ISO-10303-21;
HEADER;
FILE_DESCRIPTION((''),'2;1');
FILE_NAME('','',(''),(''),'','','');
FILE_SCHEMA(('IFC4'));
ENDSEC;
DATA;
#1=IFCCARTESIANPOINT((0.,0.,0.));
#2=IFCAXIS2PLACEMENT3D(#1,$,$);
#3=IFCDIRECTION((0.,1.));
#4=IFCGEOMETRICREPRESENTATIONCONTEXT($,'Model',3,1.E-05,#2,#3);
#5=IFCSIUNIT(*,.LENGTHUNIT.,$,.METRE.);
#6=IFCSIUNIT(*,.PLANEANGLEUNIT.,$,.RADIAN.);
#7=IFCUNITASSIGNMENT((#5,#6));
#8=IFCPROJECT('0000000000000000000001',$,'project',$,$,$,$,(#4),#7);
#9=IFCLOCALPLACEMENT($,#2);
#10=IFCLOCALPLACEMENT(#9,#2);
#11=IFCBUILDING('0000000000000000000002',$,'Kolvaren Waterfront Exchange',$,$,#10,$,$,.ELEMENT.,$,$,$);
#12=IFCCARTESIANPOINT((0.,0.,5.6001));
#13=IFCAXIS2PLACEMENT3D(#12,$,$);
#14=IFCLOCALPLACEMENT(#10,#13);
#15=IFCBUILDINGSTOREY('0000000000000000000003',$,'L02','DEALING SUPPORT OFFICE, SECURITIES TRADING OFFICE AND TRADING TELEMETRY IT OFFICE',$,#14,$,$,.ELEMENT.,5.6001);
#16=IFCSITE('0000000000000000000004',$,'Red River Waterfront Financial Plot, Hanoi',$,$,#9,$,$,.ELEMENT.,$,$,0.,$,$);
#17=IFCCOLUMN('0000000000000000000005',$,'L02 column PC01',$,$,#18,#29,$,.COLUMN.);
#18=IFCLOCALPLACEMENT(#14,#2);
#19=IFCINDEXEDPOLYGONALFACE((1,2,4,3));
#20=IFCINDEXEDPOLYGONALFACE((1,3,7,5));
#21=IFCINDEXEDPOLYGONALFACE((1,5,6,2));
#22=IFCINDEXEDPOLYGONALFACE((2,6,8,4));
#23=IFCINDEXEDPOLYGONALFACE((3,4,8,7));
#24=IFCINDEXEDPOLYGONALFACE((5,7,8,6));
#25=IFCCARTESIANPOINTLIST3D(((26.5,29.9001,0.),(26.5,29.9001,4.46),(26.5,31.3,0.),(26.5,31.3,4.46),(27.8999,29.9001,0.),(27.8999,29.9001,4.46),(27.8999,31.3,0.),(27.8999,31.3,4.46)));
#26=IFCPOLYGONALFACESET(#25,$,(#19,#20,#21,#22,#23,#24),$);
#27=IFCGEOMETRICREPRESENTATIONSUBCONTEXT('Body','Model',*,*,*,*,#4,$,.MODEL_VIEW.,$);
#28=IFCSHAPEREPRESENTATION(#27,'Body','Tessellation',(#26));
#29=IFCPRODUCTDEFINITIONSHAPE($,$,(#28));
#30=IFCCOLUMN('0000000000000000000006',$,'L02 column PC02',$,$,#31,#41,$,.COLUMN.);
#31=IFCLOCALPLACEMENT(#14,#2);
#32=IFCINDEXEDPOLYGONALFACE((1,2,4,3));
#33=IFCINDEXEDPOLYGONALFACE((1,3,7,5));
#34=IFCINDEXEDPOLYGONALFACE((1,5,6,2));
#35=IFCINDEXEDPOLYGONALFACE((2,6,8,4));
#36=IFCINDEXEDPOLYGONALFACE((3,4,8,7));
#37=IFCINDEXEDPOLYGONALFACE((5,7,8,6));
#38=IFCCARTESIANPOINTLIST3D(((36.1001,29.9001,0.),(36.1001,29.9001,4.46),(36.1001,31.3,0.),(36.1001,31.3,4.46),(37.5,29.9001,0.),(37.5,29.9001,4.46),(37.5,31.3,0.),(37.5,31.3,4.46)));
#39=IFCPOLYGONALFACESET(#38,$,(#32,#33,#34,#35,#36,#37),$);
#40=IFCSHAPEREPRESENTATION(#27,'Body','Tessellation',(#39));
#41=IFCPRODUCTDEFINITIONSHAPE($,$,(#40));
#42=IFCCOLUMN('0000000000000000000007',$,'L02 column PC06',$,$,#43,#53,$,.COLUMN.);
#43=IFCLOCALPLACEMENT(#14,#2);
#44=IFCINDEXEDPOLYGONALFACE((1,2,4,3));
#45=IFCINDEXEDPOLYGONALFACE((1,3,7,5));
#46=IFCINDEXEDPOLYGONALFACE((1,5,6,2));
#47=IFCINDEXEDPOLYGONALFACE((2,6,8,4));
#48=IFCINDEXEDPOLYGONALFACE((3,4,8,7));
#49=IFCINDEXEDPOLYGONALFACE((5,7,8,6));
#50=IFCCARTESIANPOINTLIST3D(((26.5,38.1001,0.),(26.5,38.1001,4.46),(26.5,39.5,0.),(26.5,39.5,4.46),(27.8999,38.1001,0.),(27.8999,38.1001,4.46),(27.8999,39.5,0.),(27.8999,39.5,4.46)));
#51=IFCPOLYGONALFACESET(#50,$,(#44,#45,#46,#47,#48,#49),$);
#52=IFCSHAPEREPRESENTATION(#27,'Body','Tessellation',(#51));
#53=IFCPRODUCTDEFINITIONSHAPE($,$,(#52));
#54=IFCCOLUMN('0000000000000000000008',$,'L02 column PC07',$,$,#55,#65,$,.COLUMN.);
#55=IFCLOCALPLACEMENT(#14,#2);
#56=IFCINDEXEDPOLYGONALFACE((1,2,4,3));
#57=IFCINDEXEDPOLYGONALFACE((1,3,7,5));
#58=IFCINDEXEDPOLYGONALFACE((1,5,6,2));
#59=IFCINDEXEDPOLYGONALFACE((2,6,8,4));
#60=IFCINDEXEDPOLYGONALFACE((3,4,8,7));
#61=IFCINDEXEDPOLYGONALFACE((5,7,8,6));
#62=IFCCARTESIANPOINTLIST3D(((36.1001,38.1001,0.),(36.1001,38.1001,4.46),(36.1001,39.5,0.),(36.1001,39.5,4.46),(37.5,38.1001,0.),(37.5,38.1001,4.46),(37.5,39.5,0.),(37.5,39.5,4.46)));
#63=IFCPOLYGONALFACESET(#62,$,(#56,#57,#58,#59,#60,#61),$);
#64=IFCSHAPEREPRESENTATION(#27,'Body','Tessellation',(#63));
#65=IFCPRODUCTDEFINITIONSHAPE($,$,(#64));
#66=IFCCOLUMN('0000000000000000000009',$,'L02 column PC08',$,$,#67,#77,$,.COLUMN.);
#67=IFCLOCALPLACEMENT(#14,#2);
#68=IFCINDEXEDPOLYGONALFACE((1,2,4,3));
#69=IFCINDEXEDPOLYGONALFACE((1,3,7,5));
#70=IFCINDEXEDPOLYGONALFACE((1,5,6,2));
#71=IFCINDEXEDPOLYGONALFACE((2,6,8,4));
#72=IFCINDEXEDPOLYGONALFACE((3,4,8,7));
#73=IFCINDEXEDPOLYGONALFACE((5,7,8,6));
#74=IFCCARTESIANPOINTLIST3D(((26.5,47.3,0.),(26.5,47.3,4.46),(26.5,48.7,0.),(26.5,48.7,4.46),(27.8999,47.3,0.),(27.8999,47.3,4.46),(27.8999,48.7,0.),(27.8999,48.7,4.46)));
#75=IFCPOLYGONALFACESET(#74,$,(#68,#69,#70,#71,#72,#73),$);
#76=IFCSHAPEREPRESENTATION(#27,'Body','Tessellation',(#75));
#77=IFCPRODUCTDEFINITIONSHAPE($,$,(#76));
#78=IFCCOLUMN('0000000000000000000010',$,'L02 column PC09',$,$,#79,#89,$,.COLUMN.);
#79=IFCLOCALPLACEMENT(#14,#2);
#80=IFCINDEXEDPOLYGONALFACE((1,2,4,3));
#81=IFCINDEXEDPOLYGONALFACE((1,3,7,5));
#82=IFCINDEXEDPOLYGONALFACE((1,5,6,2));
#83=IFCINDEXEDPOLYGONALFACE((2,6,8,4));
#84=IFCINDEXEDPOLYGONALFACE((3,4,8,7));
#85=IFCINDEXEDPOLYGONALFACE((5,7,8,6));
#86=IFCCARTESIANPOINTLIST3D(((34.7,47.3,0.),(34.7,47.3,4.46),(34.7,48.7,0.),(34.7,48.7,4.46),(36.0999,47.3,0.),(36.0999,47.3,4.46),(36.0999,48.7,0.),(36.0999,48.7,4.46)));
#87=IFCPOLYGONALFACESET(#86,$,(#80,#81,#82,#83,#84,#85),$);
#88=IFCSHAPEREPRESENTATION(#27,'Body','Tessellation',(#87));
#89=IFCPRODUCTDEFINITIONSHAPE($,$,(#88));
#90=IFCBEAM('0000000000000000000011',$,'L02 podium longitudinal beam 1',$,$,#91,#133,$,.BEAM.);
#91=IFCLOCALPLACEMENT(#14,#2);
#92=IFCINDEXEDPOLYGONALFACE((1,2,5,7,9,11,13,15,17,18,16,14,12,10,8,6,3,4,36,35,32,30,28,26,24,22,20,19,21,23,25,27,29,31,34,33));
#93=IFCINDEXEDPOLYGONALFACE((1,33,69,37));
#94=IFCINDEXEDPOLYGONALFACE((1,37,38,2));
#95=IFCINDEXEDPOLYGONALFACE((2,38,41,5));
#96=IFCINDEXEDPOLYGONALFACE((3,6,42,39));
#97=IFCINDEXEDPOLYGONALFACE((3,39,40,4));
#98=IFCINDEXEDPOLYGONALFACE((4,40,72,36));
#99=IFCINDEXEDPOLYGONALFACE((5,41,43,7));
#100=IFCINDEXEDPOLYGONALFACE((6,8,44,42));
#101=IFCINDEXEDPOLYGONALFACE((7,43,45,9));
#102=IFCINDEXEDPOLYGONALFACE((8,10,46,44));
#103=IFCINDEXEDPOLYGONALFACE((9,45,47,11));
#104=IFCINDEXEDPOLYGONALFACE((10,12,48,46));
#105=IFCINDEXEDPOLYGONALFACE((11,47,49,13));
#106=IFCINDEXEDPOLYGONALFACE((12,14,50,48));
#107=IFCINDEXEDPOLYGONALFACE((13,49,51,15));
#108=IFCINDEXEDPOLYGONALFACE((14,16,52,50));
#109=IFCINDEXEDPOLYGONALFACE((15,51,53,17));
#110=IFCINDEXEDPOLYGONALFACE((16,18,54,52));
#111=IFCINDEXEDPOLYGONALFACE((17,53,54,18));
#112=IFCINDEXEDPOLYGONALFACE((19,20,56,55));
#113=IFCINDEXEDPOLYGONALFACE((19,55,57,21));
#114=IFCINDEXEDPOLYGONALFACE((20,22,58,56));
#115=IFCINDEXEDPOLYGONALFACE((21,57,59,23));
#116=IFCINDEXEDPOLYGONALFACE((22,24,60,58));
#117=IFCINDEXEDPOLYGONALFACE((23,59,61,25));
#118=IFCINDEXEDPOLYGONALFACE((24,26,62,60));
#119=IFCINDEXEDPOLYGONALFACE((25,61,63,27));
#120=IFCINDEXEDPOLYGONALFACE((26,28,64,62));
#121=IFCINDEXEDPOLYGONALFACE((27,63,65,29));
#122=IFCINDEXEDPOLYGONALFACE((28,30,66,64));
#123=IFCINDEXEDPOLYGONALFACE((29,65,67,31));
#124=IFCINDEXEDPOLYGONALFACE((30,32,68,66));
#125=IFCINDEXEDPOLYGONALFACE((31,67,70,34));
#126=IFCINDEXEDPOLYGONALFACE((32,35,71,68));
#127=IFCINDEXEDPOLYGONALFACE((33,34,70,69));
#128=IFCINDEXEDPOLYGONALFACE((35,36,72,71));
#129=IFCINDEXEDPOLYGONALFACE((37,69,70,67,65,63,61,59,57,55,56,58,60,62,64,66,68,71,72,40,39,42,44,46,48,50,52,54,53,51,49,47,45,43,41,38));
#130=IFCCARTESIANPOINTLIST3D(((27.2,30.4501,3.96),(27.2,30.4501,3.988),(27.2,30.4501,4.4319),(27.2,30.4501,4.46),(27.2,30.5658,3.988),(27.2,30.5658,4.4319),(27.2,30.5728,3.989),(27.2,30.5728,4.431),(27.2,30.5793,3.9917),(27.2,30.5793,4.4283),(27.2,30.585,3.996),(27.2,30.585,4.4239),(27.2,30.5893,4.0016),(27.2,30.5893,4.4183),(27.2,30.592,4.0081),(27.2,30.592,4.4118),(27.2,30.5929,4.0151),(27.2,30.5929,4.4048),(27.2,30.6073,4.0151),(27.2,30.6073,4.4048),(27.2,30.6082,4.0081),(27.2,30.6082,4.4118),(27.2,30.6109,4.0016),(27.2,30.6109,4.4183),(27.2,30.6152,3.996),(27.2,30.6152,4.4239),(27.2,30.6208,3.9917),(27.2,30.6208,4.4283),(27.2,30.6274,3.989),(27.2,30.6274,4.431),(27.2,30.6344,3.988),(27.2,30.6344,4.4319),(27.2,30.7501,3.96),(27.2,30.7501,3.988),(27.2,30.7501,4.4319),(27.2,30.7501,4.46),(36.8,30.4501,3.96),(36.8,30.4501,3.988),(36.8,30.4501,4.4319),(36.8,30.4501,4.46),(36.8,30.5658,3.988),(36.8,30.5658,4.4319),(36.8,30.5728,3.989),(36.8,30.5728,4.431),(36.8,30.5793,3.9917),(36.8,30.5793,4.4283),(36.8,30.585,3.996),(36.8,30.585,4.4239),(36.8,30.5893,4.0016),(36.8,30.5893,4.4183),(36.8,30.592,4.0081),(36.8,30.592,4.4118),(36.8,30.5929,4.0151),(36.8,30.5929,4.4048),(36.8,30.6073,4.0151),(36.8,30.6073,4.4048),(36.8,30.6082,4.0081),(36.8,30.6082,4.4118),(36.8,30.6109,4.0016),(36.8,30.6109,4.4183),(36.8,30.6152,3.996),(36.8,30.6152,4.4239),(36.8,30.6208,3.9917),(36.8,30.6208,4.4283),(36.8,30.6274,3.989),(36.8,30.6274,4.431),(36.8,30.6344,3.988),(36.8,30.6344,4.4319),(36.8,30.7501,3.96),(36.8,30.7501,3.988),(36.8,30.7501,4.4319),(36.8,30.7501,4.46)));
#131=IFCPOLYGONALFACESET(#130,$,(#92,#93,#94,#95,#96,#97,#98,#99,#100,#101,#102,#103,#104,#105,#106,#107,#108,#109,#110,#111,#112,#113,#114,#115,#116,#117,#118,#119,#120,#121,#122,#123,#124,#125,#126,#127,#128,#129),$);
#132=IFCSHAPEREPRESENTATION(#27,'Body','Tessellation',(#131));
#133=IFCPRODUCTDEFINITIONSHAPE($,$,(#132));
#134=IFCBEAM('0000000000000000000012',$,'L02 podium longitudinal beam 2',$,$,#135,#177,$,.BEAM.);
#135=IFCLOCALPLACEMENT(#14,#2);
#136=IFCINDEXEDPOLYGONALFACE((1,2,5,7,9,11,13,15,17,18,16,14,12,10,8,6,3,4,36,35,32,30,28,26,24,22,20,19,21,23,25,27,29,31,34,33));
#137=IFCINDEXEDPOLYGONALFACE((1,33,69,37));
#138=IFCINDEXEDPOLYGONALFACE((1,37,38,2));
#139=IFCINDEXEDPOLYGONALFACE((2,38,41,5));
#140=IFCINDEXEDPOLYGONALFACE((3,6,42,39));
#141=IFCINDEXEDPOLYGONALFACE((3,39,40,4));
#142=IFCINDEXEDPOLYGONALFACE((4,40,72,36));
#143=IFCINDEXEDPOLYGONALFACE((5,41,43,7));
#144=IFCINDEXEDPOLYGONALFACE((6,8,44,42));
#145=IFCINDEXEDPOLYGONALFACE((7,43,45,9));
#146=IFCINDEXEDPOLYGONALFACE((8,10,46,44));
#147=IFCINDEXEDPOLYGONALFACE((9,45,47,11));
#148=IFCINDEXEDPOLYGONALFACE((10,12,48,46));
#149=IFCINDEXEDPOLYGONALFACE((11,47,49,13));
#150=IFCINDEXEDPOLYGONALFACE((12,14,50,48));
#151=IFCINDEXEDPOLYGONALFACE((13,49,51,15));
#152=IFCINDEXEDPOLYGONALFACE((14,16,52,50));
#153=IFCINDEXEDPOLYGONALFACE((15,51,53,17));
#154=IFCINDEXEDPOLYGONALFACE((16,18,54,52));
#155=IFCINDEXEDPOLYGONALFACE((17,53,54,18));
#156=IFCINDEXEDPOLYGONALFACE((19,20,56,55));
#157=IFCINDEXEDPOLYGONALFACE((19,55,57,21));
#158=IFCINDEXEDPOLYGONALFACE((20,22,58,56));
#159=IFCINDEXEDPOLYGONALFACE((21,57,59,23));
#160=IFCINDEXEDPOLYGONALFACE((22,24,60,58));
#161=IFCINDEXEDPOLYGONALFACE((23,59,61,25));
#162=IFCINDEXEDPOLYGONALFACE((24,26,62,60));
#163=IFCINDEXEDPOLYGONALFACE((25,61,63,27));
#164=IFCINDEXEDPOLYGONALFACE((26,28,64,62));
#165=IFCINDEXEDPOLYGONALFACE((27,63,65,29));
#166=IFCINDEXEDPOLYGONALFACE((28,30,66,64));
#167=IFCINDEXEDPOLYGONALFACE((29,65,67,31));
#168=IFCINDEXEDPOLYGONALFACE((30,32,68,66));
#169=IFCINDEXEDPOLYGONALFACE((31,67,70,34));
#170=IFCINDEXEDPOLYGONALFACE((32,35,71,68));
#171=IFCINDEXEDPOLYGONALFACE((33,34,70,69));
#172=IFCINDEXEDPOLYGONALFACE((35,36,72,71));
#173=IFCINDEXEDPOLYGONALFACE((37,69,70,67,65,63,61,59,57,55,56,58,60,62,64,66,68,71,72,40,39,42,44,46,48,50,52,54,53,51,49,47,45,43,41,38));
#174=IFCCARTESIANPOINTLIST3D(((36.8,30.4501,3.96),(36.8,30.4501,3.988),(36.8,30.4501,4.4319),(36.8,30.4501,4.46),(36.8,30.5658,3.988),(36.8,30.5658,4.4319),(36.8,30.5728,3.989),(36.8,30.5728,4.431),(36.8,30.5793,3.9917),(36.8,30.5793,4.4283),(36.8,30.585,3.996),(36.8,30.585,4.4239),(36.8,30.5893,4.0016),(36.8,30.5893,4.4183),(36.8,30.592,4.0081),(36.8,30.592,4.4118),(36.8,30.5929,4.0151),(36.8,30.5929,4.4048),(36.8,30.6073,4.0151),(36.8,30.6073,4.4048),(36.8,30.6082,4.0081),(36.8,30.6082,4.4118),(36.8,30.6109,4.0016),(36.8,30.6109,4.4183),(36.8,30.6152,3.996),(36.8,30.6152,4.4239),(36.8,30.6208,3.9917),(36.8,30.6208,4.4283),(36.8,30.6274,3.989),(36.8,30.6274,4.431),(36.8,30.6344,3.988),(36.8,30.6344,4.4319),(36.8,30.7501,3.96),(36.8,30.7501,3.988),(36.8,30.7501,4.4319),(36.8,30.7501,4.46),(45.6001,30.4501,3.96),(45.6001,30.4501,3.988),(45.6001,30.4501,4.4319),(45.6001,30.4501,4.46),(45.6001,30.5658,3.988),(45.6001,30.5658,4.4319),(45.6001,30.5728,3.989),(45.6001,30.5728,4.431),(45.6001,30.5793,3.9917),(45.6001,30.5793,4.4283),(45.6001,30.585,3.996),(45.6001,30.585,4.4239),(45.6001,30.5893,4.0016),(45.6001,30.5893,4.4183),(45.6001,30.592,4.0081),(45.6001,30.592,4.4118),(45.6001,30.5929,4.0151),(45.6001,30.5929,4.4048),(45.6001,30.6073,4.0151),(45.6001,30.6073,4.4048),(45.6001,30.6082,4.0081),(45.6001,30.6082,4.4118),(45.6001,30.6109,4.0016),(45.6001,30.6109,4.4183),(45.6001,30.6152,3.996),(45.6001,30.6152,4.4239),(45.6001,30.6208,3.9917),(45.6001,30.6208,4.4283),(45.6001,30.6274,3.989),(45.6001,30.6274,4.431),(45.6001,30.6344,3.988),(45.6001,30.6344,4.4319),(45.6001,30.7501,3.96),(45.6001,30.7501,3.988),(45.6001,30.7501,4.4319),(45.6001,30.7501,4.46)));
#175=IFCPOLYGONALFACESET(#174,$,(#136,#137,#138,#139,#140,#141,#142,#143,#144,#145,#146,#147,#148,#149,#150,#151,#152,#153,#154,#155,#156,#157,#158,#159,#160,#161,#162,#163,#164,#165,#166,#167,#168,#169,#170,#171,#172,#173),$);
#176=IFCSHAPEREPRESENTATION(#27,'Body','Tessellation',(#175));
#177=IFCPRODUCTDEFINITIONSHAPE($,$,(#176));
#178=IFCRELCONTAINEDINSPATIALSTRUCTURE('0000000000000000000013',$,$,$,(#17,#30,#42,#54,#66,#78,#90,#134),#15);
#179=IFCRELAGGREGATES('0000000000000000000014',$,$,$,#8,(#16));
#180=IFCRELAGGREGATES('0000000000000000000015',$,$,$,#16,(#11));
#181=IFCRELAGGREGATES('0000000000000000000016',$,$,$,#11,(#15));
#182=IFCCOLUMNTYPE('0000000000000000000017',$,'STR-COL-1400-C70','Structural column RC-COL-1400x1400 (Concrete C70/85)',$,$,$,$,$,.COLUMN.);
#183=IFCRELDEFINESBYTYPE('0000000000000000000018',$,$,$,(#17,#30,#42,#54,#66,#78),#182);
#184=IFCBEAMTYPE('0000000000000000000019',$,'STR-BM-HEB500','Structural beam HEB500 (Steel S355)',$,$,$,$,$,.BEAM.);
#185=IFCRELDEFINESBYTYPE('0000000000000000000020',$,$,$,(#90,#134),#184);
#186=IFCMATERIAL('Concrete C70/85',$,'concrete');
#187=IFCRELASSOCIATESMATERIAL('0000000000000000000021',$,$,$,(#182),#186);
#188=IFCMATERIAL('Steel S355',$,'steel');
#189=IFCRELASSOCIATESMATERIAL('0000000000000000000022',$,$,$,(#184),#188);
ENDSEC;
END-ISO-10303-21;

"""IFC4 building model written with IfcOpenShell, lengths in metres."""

from ifc_helpers import new_model, si_unit, direction, frame, origin, origin_2d, place, context, subcontext, project, spatial, rectangle, i_section, extrude, material, material_profile, profile_set, type_object, element, save


model = new_model("IFC4")

# Units and contexts
model_context = context("Model", 3, precision=1e-05, world=origin(), true_north=direction((0.0, 1.0)))
body_context = subcontext(model_context, "Body", "Model", "MODEL_VIEW")
ifc_project = project(units=[si_unit("LENGTHUNIT", "METRE"), si_unit("PLANEANGLEUNIT", "RADIAN")], contexts=[model_context])

# Site, building, storey
site_placement = place(None, origin())
site = spatial("IfcSite", under=ifc_project, at=site_placement, Name="Red River Waterfront Financial Plot, Hanoi", CompositionType="ELEMENT", RefElevation=0.0)
building_placement = place(site_placement, origin())
building = spatial("IfcBuilding", under=site, at=building_placement, Name="Kolvaren Waterfront Exchange", CompositionType="ELEMENT")
storey_placement = place(building_placement, frame((0.0, 0.0, 5.6001)))
storey = spatial("IfcBuildingStorey", under=building, at=storey_placement, Name="L02", Description="DEALING SUPPORT OFFICE, SECURITIES TRADING OFFICE AND TRADING TELEMETRY IT OFFICE", CompositionType="ELEMENT", Elevation=5.6001)

# Columns
ifc_material_1 = material(Name="Concrete C70/85", Category="concrete")
ifc_material_profile_1 = material_profile(ifc_material_1, rectangle(XDim=1.3999, YDim=1.3999, at=origin_2d()), Name="RC-COL-1400x1400")
ifc_profile_set_1 = profile_set([ifc_material_profile_1], Name="Concrete C70/85")
column_type = type_object("IfcColumnType", Name="STR-COL-1400-C70", Description="Structural column RC-COL-1400x1400 (Concrete C70/85)", PredefinedType="COLUMN", material=ifc_profile_set_1)
for number, where, z_axis, x_axis, name in (
    (1, (27.2, 30.6001, 0.0), (0.0, 0.0, 1.0), (1.0, 0.0, 0.0), "L02 column PC01"),
    (2, (36.8, 30.6001, 0.0), (0.0, 0.0, 1.0), (1.0, 0.0, 0.0), "L02 column PC02"),
    (3, (27.2, 38.8, 0.0), (0.0, 0.0, 1.0), (1.0, 0.0, 0.0), "L02 column PC06"),
    (4, (36.8, 38.8, 0.0), (0.0, 0.0, 1.0), (1.0, 0.0, 0.0), "L02 column PC07"),
    (5, (27.2, 48.0, 0.0), (0.0, 0.0, 1.0), (1.0, 0.0, 0.0), "L02 column PC08"),
    (6, (35.3999, 48.0, 0.0), (0.0, 0.0, 1.0), (1.0, 0.0, 0.0), "L02 column PC09"),
):
    element("IfcColumn", number, at=place(storey_placement, frame(where, z_axis=z_axis, x_axis=x_axis)), inside=storey, type_object=column_type, Name=name, PredefinedType="COLUMN", context=body_context, shape_type="SweptSolid", body=[
        extrude(rectangle(XDim=1.3999, YDim=1.3999, at=origin_2d()), origin(), (0.0, 0.0, 1.0), 4.46),
    ])

# Beams
ifc_material_2 = material(Name="Steel S355", Category="steel")
ifc_material_profile_2 = material_profile(ifc_material_2, i_section(OverallWidth=0.3, OverallDepth=0.5, WebThickness=0.0144, FlangeThickness=0.0281, FilletRadius=0.0271, at=origin_2d()), Name="HEB500")
ifc_profile_set_2 = profile_set([ifc_material_profile_2], Name="Steel S355")
beam_type = type_object("IfcBeamType", Name="STR-BM-HEB500", Description="Structural beam HEB500 (Steel S355)", PredefinedType="BEAM", material=ifc_profile_set_2)
beam_1_placement = place(storey_placement, frame((27.2, 30.6001, 4.21), z_axis=(1.0, 0.0, 0.0), x_axis=(0.0, 1.0, 0.0)))
element("IfcBeam", 7, at=beam_1_placement, inside=storey, type_object=beam_type, Name="L02 podium longitudinal beam 1", PredefinedType="BEAM", context=body_context, shape_type="SweptSolid", body=[
    extrude(i_section(OverallWidth=0.3, OverallDepth=0.5, WebThickness=0.0144, FlangeThickness=0.0281, FilletRadius=0.0271, at=origin_2d()), origin(), (0.0, 0.0, 1.0), 9.6001),
])
beam_2_placement = place(storey_placement, frame((36.8, 30.6001, 4.21), z_axis=(1.0, 0.0, 0.0), x_axis=(0.0, 1.0, 0.0)))
element("IfcBeam", 8, at=beam_2_placement, inside=storey, type_object=beam_type, Name="L02 podium longitudinal beam 2", PredefinedType="BEAM", context=body_context, shape_type="SweptSolid", body=[
    extrude(i_section(OverallWidth=0.3, OverallDepth=0.5, WebThickness=0.0144, FlangeThickness=0.0281, FilletRadius=0.0271, at=origin_2d()), origin(), (0.0, 0.0, 1.0), 8.8),
])

save(model, "model.ifc")
